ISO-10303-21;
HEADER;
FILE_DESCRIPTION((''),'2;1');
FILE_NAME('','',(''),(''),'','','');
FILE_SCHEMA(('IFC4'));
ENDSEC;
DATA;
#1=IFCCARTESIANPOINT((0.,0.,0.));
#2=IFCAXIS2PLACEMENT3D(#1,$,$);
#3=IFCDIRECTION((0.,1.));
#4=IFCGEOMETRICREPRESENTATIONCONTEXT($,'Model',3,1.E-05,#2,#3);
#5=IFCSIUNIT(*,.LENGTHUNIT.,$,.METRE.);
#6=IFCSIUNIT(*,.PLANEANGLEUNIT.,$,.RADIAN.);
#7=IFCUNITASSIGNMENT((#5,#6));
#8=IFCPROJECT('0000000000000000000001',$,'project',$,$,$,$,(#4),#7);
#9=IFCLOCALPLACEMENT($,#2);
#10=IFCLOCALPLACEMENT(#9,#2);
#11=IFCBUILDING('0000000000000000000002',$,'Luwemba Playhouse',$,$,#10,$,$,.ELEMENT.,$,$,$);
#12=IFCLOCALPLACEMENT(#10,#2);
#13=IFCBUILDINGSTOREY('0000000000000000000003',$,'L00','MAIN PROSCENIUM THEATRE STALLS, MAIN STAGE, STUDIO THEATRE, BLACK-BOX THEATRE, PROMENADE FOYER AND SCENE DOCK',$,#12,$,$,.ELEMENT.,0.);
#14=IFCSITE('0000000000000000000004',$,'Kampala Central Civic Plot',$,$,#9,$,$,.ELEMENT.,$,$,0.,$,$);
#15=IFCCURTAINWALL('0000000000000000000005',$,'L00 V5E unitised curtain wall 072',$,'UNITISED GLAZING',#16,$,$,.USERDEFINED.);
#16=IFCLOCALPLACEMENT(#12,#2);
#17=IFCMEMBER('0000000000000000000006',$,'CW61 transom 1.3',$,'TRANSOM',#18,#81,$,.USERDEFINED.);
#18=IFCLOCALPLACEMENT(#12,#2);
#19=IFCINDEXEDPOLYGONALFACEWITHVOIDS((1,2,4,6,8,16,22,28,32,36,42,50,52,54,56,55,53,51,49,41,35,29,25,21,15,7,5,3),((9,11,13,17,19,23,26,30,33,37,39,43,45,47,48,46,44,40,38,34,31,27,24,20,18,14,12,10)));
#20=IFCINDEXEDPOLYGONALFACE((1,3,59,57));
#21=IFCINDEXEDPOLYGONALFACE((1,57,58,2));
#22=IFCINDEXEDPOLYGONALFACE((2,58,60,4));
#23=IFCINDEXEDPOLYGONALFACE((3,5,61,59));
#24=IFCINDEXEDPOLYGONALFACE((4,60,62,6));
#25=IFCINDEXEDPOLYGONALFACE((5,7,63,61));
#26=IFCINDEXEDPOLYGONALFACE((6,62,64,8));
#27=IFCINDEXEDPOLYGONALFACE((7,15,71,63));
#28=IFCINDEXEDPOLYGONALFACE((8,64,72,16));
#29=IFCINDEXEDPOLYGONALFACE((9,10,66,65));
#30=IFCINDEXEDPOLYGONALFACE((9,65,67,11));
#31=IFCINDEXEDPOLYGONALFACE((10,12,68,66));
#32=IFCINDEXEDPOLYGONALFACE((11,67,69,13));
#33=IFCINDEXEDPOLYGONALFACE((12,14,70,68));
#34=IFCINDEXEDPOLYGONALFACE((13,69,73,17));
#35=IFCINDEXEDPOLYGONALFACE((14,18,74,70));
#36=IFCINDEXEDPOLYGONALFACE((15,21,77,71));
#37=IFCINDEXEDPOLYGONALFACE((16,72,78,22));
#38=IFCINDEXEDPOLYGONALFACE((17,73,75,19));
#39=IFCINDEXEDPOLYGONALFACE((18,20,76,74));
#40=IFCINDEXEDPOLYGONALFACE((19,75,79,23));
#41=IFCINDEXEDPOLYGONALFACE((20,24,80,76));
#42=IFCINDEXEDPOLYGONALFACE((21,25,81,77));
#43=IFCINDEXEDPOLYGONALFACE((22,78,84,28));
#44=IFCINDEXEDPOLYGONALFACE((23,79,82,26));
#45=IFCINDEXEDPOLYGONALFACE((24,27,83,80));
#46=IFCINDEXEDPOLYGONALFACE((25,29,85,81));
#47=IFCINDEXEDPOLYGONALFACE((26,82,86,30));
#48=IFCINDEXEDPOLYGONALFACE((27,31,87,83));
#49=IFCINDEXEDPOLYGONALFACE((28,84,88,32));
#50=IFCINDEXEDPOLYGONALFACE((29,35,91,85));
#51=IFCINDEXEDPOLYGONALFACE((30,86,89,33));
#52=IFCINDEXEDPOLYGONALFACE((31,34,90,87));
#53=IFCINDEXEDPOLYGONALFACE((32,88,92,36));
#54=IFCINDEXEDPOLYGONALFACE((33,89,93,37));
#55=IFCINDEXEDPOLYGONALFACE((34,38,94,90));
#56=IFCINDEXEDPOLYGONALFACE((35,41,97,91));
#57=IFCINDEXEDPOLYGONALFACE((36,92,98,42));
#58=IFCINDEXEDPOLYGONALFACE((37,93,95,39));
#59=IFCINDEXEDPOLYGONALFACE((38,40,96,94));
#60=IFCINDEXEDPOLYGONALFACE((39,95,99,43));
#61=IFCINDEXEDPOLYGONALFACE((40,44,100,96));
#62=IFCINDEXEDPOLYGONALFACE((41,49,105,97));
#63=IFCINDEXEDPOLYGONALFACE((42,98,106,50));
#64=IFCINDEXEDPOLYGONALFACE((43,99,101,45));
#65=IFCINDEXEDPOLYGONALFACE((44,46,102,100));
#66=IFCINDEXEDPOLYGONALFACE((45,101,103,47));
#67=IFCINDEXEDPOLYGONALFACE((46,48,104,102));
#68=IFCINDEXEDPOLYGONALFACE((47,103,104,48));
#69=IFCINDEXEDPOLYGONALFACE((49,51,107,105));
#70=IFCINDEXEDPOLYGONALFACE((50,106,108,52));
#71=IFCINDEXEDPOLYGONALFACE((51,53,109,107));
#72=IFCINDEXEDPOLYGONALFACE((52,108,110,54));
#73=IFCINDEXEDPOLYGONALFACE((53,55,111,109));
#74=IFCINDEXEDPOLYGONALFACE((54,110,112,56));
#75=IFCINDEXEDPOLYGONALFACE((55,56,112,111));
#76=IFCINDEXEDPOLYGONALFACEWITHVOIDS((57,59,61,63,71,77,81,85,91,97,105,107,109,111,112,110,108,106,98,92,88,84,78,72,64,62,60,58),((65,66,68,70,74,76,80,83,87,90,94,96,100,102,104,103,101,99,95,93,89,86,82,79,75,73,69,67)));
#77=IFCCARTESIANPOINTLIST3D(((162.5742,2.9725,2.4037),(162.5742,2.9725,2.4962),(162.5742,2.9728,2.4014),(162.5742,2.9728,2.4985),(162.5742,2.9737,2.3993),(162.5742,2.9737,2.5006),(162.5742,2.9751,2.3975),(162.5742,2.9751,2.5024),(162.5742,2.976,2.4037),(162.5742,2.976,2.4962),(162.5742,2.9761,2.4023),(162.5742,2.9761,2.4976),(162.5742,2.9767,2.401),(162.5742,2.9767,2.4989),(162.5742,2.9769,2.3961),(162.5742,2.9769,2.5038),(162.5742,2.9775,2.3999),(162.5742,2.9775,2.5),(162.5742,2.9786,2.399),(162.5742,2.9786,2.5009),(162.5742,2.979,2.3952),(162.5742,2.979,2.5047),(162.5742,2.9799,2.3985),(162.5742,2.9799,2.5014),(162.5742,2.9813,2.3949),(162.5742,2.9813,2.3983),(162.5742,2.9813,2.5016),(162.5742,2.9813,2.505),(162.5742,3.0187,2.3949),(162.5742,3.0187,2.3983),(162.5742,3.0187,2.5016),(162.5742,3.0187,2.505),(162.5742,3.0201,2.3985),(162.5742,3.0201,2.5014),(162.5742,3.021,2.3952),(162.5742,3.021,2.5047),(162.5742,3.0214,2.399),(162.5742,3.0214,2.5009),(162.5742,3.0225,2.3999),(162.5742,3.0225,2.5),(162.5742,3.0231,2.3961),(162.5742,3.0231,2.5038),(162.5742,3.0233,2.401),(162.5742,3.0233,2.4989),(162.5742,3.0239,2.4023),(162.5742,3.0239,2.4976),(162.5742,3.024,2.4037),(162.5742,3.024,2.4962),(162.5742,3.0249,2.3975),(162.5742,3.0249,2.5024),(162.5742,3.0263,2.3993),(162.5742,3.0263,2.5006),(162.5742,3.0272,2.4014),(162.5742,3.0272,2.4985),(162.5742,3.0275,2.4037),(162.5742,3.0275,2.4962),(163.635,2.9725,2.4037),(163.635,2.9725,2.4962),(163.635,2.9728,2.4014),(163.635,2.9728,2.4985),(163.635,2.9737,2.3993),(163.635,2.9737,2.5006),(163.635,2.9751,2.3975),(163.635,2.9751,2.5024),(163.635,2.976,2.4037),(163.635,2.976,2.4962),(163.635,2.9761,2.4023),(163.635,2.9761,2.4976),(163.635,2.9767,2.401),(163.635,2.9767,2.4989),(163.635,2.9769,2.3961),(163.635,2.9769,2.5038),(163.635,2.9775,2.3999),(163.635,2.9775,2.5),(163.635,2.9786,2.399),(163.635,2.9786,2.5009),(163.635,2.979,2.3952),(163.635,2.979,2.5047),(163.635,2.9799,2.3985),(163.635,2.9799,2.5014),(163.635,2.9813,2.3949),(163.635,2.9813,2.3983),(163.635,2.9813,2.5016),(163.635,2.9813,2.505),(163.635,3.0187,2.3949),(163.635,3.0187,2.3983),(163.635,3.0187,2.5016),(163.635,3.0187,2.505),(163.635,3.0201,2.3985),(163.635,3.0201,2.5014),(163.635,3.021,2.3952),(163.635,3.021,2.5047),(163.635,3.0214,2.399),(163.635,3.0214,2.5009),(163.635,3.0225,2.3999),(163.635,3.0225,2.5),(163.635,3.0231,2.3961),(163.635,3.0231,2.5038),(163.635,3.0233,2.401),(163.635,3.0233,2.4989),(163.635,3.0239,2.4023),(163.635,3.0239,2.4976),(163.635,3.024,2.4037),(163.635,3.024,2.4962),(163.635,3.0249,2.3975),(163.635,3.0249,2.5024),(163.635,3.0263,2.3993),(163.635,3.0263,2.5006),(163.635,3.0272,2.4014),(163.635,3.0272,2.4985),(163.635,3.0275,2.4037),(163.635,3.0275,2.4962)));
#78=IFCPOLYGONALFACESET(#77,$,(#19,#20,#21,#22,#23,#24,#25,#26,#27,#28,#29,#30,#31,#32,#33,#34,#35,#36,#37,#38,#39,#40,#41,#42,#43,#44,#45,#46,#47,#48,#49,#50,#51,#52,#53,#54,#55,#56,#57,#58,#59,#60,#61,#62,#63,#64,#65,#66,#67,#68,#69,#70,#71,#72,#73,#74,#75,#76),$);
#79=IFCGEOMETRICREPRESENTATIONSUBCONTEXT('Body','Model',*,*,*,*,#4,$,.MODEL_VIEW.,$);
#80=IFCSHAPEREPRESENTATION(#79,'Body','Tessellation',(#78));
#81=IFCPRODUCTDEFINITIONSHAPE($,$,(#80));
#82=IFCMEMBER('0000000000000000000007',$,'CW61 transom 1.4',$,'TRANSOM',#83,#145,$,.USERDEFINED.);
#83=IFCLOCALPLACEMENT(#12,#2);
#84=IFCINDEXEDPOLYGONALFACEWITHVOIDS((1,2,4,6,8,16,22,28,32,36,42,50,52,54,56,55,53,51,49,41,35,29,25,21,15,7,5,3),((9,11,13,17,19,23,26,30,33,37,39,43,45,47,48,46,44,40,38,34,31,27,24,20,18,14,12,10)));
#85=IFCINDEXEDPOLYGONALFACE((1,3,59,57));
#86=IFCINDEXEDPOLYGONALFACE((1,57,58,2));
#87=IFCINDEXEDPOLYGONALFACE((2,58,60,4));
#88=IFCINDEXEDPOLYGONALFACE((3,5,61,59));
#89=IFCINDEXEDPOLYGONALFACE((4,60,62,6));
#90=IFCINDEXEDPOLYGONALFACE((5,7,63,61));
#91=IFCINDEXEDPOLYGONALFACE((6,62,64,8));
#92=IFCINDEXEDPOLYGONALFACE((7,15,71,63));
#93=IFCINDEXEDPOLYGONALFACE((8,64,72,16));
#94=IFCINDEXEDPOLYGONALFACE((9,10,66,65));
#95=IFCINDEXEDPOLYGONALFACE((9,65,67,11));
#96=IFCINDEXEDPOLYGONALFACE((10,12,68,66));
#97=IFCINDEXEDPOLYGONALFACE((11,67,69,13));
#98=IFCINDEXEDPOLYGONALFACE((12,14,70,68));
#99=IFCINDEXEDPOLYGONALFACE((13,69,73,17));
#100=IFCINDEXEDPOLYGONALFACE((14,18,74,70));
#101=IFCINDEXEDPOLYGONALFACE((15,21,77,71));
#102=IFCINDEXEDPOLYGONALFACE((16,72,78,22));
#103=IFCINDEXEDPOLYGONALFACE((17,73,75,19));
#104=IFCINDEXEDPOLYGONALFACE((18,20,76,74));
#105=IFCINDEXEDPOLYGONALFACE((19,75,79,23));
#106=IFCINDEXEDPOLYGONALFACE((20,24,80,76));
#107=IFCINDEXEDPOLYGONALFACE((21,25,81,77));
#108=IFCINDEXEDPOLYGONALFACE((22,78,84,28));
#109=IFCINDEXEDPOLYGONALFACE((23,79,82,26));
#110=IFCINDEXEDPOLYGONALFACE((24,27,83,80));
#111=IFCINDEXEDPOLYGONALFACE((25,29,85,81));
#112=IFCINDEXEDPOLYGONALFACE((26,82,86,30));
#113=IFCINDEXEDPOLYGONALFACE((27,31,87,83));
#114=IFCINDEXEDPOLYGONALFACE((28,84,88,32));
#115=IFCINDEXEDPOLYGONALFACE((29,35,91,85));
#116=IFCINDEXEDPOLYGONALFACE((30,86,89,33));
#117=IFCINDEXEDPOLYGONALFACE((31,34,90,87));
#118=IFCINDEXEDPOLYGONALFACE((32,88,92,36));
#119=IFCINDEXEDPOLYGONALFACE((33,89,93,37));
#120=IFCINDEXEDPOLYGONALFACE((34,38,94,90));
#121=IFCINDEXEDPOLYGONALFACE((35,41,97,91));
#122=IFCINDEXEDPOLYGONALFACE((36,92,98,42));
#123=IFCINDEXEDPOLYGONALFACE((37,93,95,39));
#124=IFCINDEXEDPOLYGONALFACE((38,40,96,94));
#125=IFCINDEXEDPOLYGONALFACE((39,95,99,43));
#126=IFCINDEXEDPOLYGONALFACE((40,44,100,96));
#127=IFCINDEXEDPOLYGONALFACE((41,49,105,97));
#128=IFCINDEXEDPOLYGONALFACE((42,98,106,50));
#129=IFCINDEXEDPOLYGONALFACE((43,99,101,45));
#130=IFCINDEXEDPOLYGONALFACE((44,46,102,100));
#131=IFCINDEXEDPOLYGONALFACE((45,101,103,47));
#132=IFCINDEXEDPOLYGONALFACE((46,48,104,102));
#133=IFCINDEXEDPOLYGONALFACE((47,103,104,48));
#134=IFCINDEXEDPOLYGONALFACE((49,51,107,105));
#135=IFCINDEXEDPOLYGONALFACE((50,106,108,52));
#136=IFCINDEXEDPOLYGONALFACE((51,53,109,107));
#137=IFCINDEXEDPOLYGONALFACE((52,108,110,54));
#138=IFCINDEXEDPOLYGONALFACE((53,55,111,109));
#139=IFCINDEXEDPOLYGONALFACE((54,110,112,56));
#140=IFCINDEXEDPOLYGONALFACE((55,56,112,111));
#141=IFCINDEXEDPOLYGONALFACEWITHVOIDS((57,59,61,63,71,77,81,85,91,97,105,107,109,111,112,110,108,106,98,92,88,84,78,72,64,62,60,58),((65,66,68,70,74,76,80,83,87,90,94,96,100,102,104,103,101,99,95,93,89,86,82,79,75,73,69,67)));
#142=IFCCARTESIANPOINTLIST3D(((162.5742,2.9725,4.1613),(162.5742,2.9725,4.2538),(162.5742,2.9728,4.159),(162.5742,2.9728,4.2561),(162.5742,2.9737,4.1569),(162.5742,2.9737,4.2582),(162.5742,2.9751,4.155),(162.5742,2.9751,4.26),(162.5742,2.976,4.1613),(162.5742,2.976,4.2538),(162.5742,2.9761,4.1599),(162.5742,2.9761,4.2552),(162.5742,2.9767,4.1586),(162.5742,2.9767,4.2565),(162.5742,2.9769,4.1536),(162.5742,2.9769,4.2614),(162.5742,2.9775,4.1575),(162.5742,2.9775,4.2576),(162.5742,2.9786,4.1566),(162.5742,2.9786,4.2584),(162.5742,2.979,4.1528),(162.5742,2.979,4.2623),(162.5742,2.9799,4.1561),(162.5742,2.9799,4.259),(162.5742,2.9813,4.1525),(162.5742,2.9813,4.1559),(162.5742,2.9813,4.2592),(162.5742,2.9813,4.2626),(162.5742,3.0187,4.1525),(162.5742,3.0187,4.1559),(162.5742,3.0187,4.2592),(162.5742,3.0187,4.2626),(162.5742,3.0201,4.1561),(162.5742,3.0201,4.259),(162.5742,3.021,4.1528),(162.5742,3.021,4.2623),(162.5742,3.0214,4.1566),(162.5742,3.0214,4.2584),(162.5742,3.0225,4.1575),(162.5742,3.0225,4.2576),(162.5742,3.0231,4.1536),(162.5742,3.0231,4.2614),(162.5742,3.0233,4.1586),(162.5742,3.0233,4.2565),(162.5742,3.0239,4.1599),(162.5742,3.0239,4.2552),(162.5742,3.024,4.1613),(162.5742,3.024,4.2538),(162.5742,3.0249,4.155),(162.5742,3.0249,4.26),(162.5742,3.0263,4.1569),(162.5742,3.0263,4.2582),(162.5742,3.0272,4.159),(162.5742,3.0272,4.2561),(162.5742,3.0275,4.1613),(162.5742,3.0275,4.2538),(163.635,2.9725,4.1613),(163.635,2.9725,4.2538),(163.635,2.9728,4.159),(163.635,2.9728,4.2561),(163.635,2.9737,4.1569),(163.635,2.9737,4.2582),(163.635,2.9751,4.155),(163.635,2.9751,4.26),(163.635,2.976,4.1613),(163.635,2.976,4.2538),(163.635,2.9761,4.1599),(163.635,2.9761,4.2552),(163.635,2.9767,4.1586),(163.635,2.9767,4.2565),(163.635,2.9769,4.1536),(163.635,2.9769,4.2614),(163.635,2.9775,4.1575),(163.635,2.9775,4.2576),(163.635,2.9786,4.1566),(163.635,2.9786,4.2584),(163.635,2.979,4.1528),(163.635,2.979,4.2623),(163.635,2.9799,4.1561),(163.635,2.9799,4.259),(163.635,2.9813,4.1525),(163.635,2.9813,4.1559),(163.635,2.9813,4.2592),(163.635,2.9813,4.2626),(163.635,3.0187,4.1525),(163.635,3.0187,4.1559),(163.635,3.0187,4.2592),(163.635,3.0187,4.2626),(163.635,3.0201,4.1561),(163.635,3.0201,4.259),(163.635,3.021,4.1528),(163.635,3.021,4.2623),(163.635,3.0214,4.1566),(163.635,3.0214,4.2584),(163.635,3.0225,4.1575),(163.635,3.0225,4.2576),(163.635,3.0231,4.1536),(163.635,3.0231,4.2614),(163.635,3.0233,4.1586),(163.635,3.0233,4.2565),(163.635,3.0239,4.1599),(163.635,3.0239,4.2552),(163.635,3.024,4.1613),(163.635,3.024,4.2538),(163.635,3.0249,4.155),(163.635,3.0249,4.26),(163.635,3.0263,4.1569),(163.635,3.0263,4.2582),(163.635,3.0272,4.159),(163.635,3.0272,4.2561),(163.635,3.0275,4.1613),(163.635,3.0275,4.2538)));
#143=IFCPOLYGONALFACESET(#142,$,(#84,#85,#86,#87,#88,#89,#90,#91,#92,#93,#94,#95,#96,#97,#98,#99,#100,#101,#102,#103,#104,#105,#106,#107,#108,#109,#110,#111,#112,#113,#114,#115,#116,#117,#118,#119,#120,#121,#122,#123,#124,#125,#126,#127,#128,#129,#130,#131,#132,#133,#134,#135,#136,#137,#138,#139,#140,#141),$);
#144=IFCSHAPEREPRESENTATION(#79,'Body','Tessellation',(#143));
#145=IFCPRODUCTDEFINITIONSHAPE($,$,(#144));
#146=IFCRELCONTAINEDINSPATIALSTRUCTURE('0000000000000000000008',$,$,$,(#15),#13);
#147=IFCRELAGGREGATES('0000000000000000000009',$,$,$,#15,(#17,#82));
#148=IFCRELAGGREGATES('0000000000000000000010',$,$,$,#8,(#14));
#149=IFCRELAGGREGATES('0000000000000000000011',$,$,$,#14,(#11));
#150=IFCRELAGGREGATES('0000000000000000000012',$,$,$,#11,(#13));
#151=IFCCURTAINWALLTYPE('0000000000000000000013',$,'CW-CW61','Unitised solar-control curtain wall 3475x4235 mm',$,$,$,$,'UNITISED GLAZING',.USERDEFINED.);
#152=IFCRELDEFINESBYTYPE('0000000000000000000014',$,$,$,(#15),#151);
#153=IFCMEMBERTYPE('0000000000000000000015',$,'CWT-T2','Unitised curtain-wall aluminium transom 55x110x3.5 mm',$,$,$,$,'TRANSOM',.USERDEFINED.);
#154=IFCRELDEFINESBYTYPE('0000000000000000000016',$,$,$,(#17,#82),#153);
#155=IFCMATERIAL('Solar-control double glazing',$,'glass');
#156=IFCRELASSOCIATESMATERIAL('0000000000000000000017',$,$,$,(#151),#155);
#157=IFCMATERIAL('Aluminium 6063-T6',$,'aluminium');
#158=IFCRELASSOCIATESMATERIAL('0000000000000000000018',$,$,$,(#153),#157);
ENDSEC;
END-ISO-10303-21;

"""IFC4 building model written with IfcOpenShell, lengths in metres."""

from ifc_helpers import new_model, si_unit, direction, frame, origin, origin_2d, place, context, subcontext, project, spatial, hollow_rectangle, extrude, material, material_profile, profile_set, type_object, element, aggregate, save


model = new_model("IFC4")

# Units and contexts
model_context = context("Model", 3, precision=1e-05, world=origin(), true_north=direction((0.0, 1.0)))
body_context = subcontext(model_context, "Body", "Model", "MODEL_VIEW")
ifc_project = project(units=[si_unit("LENGTHUNIT", "METRE"), si_unit("PLANEANGLEUNIT", "RADIAN")], contexts=[model_context])

# Site, building, storey
site_placement = place(None, origin())
site = spatial("IfcSite", under=ifc_project, at=site_placement, Name="Kampala Central Civic Plot", CompositionType="ELEMENT", RefElevation=0.0)
building_placement = place(site_placement, origin())
building = spatial("IfcBuilding", under=site, at=building_placement, Name="Luwemba Playhouse", CompositionType="ELEMENT")
storey_placement = place(building_placement, origin())
storey = spatial("IfcBuildingStorey", under=building, at=storey_placement, Name="L00", Description="MAIN PROSCENIUM THEATRE STALLS, MAIN STAGE, STUDIO THEATRE, BLACK-BOX THEATRE, PROMENADE FOYER AND SCENE DOCK", CompositionType="ELEMENT", Elevation=0.0)

# Curtain wall, members
ifc_material_1 = material(Name="Solar-control double glazing", Category="glass")
curtain_wall_type = type_object("IfcCurtainWallType", Name="CW-CW61", Description="Unitised solar-control curtain wall 3475x4235 mm", ElementType="UNITISED GLAZING", PredefinedType="USERDEFINED", material=ifc_material_1)
curtain_wall_placement = place(storey_placement, origin())
curtain_wall = element("IfcCurtainWall", 1, at=curtain_wall_placement, inside=storey, type_object=curtain_wall_type, Name="L00 V5E unitised curtain wall 072", ObjectType="UNITISED GLAZING", PredefinedType="USERDEFINED")
ifc_material_2 = material(Name="Aluminium 6063-T6", Category="aluminium")
ifc_material_profile_1 = material_profile(ifc_material_2, hollow_rectangle(XDim=0.0549, YDim=0.1101, WallThickness=0.0034, InnerFilletRadius=0.0054, OuterFilletRadius=0.0088, at=origin_2d()))
ifc_profile_set_1 = profile_set([ifc_material_profile_1], Name="Aluminium 6063-T6")
member_type_1 = type_object("IfcMemberType", Name="CWT-T2", Description="Unitised curtain-wall aluminium transom 55x110x3.5 mm", ElementType="TRANSOM", PredefinedType="USERDEFINED", material=ifc_profile_set_1)
member_1_placement = place(storey_placement, frame((163.635, 3.0, 2.45), z_axis=(-1.0, 0.0, 0.0), x_axis=(0.0, -1.0, 0.0)))
member_1 = element("IfcMember", 2, at=member_1_placement, type_object=member_type_1, Name="CW61 transom 1.3", ObjectType="TRANSOM", PredefinedType="USERDEFINED", context=body_context, shape_type="SweptSolid", body=[
    extrude(hollow_rectangle(XDim=0.0549, YDim=0.1101, WallThickness=0.0034, InnerFilletRadius=0.0054, OuterFilletRadius=0.0088, at=origin_2d()), origin(), (0.0, 0.0, 1.0), 1.0608),
])
member_2_placement = place(storey_placement, frame((163.635, 3.0, 4.2075), z_axis=(-1.0, 0.0, 0.0), x_axis=(0.0, -1.0, 0.0)))
member_2 = element("IfcMember", 3, at=member_2_placement, type_object=member_type_1, Name="CW61 transom 1.4", ObjectType="TRANSOM", PredefinedType="USERDEFINED", context=body_context, shape_type="SweptSolid", body=[
    extrude(hollow_rectangle(XDim=0.0549, YDim=0.1101, WallThickness=0.0034, InnerFilletRadius=0.0054, OuterFilletRadius=0.0088, at=origin_2d()), origin(), (0.0, 0.0, 1.0), 1.0608),
])
aggregate(curtain_wall, [member_1, member_2])

save(model, "model.ifc")
